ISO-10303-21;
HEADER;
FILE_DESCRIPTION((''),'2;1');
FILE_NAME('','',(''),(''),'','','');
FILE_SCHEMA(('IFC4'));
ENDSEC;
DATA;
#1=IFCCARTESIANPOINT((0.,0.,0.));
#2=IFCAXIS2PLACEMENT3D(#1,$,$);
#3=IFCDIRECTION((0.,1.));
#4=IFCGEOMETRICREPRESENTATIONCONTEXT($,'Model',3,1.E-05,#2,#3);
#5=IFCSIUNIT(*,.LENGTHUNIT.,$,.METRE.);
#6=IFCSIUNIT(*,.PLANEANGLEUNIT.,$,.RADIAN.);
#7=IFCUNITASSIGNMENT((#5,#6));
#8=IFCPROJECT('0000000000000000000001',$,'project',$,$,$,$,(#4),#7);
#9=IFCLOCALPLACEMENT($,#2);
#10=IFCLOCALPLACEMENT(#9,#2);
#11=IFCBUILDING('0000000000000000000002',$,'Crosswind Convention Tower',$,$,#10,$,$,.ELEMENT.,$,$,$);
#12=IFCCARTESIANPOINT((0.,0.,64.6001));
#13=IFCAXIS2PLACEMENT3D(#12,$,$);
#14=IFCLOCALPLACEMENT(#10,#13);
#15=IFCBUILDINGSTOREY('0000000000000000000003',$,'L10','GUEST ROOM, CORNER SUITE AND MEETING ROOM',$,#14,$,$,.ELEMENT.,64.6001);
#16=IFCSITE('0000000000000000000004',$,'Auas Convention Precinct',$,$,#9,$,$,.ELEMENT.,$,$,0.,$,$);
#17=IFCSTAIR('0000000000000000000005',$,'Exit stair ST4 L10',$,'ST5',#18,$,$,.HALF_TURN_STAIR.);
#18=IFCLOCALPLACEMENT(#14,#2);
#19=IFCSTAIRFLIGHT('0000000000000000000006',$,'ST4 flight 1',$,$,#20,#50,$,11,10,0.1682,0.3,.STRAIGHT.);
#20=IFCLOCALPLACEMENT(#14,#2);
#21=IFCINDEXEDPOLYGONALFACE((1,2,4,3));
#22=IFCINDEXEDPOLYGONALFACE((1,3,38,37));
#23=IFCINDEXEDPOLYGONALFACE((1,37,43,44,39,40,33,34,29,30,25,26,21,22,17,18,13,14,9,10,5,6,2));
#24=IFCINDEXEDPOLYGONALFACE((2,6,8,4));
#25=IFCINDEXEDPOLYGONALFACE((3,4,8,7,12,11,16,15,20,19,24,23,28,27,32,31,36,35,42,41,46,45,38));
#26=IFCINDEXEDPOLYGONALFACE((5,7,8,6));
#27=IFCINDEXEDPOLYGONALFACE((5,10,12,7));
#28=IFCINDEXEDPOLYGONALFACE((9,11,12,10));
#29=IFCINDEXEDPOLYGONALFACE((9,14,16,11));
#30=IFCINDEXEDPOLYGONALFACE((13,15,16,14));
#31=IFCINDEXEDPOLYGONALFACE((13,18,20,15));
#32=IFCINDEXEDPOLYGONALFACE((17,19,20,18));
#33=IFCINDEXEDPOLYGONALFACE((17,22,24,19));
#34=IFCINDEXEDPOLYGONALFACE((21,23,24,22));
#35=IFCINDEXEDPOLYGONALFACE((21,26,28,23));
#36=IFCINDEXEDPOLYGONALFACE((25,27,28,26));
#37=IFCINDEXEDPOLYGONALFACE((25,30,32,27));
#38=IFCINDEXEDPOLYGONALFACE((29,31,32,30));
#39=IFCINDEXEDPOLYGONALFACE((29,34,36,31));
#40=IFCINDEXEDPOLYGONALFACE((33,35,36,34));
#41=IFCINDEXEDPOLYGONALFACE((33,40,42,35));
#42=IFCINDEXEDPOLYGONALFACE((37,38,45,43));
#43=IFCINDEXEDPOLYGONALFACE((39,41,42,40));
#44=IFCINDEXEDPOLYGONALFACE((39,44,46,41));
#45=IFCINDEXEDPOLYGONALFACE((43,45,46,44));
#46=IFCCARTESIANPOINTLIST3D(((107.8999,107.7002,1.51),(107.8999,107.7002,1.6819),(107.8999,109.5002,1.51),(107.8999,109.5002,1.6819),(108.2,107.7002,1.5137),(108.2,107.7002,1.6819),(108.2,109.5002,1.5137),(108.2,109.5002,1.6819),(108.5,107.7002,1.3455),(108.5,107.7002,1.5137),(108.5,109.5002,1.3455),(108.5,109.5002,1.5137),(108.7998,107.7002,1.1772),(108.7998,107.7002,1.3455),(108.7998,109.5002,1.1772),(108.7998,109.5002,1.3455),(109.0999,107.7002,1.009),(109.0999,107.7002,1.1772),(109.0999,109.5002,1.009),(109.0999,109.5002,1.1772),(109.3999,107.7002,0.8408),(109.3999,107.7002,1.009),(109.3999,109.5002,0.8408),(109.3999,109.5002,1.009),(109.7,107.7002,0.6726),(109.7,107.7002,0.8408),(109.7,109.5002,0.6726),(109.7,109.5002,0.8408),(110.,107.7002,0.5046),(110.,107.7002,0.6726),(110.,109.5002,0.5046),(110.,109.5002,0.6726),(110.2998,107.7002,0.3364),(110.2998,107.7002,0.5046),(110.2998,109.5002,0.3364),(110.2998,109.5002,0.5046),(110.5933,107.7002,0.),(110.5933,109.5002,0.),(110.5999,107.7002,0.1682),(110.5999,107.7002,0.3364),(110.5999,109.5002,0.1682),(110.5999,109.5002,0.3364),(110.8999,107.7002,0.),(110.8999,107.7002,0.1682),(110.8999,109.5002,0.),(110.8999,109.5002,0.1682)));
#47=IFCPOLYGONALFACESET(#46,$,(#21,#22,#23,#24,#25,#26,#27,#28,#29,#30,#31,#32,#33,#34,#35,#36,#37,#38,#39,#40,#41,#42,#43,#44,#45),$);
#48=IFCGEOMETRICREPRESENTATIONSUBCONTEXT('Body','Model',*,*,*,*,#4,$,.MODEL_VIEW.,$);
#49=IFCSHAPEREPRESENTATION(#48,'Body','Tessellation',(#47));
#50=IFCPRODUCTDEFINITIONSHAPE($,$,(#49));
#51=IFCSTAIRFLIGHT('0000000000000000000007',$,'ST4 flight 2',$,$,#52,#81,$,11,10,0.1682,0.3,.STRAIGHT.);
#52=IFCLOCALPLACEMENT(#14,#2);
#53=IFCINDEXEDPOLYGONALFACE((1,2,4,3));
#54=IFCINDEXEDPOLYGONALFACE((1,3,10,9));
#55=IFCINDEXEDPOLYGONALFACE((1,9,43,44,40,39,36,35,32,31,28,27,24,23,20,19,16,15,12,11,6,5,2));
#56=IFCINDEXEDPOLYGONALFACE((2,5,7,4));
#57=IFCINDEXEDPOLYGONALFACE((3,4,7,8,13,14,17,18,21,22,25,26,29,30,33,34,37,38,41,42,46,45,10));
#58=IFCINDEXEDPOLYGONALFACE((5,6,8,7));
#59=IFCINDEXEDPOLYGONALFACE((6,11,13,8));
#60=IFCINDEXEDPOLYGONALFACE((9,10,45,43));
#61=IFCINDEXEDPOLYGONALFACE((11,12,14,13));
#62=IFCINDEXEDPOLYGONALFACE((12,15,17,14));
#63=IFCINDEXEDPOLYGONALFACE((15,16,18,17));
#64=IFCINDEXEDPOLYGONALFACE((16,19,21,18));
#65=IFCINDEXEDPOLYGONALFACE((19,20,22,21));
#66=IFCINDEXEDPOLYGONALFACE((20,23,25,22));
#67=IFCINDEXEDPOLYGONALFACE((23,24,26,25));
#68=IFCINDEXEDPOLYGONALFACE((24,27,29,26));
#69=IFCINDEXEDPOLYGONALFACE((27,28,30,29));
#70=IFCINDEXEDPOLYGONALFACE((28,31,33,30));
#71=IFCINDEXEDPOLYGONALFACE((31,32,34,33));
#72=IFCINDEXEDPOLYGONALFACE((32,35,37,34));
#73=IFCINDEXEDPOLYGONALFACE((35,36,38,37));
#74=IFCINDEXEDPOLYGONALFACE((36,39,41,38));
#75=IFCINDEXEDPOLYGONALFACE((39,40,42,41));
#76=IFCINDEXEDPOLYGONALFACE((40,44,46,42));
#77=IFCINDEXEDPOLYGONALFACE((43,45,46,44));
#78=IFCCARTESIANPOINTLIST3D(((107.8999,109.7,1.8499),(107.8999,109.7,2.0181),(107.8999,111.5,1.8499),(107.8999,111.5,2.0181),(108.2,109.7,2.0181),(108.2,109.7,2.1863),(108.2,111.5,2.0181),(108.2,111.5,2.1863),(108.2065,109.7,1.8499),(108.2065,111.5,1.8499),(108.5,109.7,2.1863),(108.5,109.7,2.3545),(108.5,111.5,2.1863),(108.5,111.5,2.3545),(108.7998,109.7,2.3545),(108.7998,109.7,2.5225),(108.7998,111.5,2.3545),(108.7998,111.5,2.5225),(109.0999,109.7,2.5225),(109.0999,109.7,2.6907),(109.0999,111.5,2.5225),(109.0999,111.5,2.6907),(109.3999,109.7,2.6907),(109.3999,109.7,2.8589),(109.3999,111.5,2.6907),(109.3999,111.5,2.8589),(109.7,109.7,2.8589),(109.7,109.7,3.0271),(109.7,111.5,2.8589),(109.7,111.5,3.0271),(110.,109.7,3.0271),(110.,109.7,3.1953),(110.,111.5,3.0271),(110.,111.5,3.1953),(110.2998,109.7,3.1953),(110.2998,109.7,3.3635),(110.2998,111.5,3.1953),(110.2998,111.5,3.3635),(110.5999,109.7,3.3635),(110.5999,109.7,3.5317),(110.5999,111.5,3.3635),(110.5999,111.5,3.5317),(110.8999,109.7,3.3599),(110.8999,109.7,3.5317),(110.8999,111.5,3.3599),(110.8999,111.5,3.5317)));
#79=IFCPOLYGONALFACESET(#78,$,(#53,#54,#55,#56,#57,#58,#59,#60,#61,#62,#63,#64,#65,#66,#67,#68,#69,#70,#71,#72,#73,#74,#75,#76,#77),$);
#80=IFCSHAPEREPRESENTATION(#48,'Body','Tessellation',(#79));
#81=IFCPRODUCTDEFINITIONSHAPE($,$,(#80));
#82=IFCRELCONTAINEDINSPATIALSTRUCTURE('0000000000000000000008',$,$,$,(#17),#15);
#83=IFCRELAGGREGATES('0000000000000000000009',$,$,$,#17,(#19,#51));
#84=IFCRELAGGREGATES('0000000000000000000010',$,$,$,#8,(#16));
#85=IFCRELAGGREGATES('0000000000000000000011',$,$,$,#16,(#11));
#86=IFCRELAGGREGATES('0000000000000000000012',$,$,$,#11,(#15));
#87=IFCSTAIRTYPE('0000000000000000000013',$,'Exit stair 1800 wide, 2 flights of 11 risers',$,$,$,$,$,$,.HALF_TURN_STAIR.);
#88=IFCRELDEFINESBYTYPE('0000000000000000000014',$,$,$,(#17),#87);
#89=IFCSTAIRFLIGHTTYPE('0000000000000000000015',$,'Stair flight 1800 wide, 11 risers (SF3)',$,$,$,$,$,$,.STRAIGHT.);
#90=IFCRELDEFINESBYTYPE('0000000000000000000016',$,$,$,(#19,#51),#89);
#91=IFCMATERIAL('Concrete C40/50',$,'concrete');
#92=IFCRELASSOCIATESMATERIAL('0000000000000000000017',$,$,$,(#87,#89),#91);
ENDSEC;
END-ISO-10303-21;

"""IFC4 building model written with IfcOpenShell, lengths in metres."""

from ifc_helpers import new_model, si_unit, direction, frame, origin, place, context, subcontext, project, spatial, polyline, outline, extrude, material, type_object, element, aggregate, save


model = new_model("IFC4")

# Units and contexts
model_context = context("Model", 3, precision=1e-05, world=origin(), true_north=direction((0.0, 1.0)))
body_context = subcontext(model_context, "Body", "Model", "MODEL_VIEW")
ifc_project = project(units=[si_unit("LENGTHUNIT", "METRE"), si_unit("PLANEANGLEUNIT", "RADIAN")], contexts=[model_context])

# Site, building, storey
site_placement = place(None, origin())
site = spatial("IfcSite", under=ifc_project, at=site_placement, Name="Auas Convention Precinct", CompositionType="ELEMENT", RefElevation=0.0)
building_placement = place(site_placement, origin())
building = spatial("IfcBuilding", under=site, at=building_placement, Name="Crosswind Convention Tower", CompositionType="ELEMENT")
storey_placement = place(building_placement, frame((0.0, 0.0, 64.6001)))
storey = spatial("IfcBuildingStorey", under=building, at=storey_placement, Name="L10", Description="GUEST ROOM, CORNER SUITE AND MEETING ROOM", CompositionType="ELEMENT", Elevation=64.6001)

# Stair, stair flights
ifc_material_1 = material(Name="Concrete C40/50", Category="concrete")
stair_type = type_object("IfcStairType", Name="Exit stair 1800 wide, 2 flights of 11 risers", PredefinedType="HALF_TURN_STAIR", material=ifc_material_1)
stair_placement = place(storey_placement, origin())
stair = element("IfcStair", 1, at=stair_placement, inside=storey, type_object=stair_type, Name="Exit stair ST4 L10", ObjectType="ST5", PredefinedType="HALF_TURN_STAIR")
stair_flight_type = type_object("IfcStairFlightType", Name="Stair flight 1800 wide, 11 risers (SF3)", PredefinedType="STRAIGHT", material=ifc_material_1)
stair_flight_1_placement = place(storey_placement, frame((110.8999, 108.6001, 0.0), z_axis=(0.0, 0.0, 1.0), x_axis=(-1.0, 0.0, 0.0)))
stair_flight_1 = element("IfcStairFlight", 2, at=stair_flight_1_placement, type_object=stair_flight_type, Name="ST4 flight 1", NumberOfRisers=11, NumberOfTreads=10, PredefinedType="STRAIGHT", RiserHeight=0.1682, TreadLength=0.3, context=body_context, shape_type="SweptSolid", body=[
    extrude(outline(polyline([(0.0, 0.0), (0.0, 0.1682), (0.3, 0.1682), (0.3, 0.3364), (0.6001, 0.3364), (0.6001, 0.5046), (0.8999, 0.5046), (0.8999, 0.6726), (1.2, 0.6726), (1.2, 0.8408), (1.5, 0.8408), (1.5, 1.009), (1.8, 1.009), (1.8, 1.1772), (2.1001, 1.1772), (2.1001, 1.3455), (2.3999, 1.3455), (2.3999, 1.5137), (2.7, 1.5137), (2.7, 1.6819), (3.0, 1.6819), (3.0, 1.8501), (3.0, 1.51), (0.3066, 0.0), (0.0, 0.0)])), frame((0.0, 0.8999, 0.0), z_axis=(0.0, -1.0, 0.0), x_axis=(1.0, 0.0, 0.0)), (0.0, 0.0, 1.0), 1.8),
])
stair_flight_2_placement = place(storey_placement, frame((107.8999, 110.6001, 1.8499), z_axis=(0.0, 0.0, 1.0), x_axis=(1.0, 0.0, 0.0)))
stair_flight_2 = element("IfcStairFlight", 3, at=stair_flight_2_placement, type_object=stair_flight_type, Name="ST4 flight 2", NumberOfRisers=11, NumberOfTreads=10, PredefinedType="STRAIGHT", RiserHeight=0.1682, TreadLength=0.3, context=body_context, shape_type="SweptSolid", body=[
    extrude(outline(polyline([(0.0, 0.0), (0.0, 0.1682), (0.3, 0.1682), (0.3, 0.3364), (0.6001, 0.3364), (0.6001, 0.5046), (0.8999, 0.5046), (0.8999, 0.6726), (1.2, 0.6726), (1.2, 0.8408), (1.5, 0.8408), (1.5, 1.009), (1.8, 1.009), (1.8, 1.1772), (2.1001, 1.1772), (2.1001, 1.3455), (2.3999, 1.3455), (2.3999, 1.5137), (2.7, 1.5137), (2.7, 1.6819), (3.0, 1.6819), (3.0, 1.8501), (3.0, 1.51), (0.3066, 0.0), (0.0, 0.0)])), frame((0.0, 0.8999, 0.0), z_axis=(0.0, -1.0, 0.0), x_axis=(1.0, 0.0, 0.0)), (0.0, 0.0, 1.0), 1.8),
])
aggregate(stair, [stair_flight_1, stair_flight_2])

save(model, "model.ifc")
